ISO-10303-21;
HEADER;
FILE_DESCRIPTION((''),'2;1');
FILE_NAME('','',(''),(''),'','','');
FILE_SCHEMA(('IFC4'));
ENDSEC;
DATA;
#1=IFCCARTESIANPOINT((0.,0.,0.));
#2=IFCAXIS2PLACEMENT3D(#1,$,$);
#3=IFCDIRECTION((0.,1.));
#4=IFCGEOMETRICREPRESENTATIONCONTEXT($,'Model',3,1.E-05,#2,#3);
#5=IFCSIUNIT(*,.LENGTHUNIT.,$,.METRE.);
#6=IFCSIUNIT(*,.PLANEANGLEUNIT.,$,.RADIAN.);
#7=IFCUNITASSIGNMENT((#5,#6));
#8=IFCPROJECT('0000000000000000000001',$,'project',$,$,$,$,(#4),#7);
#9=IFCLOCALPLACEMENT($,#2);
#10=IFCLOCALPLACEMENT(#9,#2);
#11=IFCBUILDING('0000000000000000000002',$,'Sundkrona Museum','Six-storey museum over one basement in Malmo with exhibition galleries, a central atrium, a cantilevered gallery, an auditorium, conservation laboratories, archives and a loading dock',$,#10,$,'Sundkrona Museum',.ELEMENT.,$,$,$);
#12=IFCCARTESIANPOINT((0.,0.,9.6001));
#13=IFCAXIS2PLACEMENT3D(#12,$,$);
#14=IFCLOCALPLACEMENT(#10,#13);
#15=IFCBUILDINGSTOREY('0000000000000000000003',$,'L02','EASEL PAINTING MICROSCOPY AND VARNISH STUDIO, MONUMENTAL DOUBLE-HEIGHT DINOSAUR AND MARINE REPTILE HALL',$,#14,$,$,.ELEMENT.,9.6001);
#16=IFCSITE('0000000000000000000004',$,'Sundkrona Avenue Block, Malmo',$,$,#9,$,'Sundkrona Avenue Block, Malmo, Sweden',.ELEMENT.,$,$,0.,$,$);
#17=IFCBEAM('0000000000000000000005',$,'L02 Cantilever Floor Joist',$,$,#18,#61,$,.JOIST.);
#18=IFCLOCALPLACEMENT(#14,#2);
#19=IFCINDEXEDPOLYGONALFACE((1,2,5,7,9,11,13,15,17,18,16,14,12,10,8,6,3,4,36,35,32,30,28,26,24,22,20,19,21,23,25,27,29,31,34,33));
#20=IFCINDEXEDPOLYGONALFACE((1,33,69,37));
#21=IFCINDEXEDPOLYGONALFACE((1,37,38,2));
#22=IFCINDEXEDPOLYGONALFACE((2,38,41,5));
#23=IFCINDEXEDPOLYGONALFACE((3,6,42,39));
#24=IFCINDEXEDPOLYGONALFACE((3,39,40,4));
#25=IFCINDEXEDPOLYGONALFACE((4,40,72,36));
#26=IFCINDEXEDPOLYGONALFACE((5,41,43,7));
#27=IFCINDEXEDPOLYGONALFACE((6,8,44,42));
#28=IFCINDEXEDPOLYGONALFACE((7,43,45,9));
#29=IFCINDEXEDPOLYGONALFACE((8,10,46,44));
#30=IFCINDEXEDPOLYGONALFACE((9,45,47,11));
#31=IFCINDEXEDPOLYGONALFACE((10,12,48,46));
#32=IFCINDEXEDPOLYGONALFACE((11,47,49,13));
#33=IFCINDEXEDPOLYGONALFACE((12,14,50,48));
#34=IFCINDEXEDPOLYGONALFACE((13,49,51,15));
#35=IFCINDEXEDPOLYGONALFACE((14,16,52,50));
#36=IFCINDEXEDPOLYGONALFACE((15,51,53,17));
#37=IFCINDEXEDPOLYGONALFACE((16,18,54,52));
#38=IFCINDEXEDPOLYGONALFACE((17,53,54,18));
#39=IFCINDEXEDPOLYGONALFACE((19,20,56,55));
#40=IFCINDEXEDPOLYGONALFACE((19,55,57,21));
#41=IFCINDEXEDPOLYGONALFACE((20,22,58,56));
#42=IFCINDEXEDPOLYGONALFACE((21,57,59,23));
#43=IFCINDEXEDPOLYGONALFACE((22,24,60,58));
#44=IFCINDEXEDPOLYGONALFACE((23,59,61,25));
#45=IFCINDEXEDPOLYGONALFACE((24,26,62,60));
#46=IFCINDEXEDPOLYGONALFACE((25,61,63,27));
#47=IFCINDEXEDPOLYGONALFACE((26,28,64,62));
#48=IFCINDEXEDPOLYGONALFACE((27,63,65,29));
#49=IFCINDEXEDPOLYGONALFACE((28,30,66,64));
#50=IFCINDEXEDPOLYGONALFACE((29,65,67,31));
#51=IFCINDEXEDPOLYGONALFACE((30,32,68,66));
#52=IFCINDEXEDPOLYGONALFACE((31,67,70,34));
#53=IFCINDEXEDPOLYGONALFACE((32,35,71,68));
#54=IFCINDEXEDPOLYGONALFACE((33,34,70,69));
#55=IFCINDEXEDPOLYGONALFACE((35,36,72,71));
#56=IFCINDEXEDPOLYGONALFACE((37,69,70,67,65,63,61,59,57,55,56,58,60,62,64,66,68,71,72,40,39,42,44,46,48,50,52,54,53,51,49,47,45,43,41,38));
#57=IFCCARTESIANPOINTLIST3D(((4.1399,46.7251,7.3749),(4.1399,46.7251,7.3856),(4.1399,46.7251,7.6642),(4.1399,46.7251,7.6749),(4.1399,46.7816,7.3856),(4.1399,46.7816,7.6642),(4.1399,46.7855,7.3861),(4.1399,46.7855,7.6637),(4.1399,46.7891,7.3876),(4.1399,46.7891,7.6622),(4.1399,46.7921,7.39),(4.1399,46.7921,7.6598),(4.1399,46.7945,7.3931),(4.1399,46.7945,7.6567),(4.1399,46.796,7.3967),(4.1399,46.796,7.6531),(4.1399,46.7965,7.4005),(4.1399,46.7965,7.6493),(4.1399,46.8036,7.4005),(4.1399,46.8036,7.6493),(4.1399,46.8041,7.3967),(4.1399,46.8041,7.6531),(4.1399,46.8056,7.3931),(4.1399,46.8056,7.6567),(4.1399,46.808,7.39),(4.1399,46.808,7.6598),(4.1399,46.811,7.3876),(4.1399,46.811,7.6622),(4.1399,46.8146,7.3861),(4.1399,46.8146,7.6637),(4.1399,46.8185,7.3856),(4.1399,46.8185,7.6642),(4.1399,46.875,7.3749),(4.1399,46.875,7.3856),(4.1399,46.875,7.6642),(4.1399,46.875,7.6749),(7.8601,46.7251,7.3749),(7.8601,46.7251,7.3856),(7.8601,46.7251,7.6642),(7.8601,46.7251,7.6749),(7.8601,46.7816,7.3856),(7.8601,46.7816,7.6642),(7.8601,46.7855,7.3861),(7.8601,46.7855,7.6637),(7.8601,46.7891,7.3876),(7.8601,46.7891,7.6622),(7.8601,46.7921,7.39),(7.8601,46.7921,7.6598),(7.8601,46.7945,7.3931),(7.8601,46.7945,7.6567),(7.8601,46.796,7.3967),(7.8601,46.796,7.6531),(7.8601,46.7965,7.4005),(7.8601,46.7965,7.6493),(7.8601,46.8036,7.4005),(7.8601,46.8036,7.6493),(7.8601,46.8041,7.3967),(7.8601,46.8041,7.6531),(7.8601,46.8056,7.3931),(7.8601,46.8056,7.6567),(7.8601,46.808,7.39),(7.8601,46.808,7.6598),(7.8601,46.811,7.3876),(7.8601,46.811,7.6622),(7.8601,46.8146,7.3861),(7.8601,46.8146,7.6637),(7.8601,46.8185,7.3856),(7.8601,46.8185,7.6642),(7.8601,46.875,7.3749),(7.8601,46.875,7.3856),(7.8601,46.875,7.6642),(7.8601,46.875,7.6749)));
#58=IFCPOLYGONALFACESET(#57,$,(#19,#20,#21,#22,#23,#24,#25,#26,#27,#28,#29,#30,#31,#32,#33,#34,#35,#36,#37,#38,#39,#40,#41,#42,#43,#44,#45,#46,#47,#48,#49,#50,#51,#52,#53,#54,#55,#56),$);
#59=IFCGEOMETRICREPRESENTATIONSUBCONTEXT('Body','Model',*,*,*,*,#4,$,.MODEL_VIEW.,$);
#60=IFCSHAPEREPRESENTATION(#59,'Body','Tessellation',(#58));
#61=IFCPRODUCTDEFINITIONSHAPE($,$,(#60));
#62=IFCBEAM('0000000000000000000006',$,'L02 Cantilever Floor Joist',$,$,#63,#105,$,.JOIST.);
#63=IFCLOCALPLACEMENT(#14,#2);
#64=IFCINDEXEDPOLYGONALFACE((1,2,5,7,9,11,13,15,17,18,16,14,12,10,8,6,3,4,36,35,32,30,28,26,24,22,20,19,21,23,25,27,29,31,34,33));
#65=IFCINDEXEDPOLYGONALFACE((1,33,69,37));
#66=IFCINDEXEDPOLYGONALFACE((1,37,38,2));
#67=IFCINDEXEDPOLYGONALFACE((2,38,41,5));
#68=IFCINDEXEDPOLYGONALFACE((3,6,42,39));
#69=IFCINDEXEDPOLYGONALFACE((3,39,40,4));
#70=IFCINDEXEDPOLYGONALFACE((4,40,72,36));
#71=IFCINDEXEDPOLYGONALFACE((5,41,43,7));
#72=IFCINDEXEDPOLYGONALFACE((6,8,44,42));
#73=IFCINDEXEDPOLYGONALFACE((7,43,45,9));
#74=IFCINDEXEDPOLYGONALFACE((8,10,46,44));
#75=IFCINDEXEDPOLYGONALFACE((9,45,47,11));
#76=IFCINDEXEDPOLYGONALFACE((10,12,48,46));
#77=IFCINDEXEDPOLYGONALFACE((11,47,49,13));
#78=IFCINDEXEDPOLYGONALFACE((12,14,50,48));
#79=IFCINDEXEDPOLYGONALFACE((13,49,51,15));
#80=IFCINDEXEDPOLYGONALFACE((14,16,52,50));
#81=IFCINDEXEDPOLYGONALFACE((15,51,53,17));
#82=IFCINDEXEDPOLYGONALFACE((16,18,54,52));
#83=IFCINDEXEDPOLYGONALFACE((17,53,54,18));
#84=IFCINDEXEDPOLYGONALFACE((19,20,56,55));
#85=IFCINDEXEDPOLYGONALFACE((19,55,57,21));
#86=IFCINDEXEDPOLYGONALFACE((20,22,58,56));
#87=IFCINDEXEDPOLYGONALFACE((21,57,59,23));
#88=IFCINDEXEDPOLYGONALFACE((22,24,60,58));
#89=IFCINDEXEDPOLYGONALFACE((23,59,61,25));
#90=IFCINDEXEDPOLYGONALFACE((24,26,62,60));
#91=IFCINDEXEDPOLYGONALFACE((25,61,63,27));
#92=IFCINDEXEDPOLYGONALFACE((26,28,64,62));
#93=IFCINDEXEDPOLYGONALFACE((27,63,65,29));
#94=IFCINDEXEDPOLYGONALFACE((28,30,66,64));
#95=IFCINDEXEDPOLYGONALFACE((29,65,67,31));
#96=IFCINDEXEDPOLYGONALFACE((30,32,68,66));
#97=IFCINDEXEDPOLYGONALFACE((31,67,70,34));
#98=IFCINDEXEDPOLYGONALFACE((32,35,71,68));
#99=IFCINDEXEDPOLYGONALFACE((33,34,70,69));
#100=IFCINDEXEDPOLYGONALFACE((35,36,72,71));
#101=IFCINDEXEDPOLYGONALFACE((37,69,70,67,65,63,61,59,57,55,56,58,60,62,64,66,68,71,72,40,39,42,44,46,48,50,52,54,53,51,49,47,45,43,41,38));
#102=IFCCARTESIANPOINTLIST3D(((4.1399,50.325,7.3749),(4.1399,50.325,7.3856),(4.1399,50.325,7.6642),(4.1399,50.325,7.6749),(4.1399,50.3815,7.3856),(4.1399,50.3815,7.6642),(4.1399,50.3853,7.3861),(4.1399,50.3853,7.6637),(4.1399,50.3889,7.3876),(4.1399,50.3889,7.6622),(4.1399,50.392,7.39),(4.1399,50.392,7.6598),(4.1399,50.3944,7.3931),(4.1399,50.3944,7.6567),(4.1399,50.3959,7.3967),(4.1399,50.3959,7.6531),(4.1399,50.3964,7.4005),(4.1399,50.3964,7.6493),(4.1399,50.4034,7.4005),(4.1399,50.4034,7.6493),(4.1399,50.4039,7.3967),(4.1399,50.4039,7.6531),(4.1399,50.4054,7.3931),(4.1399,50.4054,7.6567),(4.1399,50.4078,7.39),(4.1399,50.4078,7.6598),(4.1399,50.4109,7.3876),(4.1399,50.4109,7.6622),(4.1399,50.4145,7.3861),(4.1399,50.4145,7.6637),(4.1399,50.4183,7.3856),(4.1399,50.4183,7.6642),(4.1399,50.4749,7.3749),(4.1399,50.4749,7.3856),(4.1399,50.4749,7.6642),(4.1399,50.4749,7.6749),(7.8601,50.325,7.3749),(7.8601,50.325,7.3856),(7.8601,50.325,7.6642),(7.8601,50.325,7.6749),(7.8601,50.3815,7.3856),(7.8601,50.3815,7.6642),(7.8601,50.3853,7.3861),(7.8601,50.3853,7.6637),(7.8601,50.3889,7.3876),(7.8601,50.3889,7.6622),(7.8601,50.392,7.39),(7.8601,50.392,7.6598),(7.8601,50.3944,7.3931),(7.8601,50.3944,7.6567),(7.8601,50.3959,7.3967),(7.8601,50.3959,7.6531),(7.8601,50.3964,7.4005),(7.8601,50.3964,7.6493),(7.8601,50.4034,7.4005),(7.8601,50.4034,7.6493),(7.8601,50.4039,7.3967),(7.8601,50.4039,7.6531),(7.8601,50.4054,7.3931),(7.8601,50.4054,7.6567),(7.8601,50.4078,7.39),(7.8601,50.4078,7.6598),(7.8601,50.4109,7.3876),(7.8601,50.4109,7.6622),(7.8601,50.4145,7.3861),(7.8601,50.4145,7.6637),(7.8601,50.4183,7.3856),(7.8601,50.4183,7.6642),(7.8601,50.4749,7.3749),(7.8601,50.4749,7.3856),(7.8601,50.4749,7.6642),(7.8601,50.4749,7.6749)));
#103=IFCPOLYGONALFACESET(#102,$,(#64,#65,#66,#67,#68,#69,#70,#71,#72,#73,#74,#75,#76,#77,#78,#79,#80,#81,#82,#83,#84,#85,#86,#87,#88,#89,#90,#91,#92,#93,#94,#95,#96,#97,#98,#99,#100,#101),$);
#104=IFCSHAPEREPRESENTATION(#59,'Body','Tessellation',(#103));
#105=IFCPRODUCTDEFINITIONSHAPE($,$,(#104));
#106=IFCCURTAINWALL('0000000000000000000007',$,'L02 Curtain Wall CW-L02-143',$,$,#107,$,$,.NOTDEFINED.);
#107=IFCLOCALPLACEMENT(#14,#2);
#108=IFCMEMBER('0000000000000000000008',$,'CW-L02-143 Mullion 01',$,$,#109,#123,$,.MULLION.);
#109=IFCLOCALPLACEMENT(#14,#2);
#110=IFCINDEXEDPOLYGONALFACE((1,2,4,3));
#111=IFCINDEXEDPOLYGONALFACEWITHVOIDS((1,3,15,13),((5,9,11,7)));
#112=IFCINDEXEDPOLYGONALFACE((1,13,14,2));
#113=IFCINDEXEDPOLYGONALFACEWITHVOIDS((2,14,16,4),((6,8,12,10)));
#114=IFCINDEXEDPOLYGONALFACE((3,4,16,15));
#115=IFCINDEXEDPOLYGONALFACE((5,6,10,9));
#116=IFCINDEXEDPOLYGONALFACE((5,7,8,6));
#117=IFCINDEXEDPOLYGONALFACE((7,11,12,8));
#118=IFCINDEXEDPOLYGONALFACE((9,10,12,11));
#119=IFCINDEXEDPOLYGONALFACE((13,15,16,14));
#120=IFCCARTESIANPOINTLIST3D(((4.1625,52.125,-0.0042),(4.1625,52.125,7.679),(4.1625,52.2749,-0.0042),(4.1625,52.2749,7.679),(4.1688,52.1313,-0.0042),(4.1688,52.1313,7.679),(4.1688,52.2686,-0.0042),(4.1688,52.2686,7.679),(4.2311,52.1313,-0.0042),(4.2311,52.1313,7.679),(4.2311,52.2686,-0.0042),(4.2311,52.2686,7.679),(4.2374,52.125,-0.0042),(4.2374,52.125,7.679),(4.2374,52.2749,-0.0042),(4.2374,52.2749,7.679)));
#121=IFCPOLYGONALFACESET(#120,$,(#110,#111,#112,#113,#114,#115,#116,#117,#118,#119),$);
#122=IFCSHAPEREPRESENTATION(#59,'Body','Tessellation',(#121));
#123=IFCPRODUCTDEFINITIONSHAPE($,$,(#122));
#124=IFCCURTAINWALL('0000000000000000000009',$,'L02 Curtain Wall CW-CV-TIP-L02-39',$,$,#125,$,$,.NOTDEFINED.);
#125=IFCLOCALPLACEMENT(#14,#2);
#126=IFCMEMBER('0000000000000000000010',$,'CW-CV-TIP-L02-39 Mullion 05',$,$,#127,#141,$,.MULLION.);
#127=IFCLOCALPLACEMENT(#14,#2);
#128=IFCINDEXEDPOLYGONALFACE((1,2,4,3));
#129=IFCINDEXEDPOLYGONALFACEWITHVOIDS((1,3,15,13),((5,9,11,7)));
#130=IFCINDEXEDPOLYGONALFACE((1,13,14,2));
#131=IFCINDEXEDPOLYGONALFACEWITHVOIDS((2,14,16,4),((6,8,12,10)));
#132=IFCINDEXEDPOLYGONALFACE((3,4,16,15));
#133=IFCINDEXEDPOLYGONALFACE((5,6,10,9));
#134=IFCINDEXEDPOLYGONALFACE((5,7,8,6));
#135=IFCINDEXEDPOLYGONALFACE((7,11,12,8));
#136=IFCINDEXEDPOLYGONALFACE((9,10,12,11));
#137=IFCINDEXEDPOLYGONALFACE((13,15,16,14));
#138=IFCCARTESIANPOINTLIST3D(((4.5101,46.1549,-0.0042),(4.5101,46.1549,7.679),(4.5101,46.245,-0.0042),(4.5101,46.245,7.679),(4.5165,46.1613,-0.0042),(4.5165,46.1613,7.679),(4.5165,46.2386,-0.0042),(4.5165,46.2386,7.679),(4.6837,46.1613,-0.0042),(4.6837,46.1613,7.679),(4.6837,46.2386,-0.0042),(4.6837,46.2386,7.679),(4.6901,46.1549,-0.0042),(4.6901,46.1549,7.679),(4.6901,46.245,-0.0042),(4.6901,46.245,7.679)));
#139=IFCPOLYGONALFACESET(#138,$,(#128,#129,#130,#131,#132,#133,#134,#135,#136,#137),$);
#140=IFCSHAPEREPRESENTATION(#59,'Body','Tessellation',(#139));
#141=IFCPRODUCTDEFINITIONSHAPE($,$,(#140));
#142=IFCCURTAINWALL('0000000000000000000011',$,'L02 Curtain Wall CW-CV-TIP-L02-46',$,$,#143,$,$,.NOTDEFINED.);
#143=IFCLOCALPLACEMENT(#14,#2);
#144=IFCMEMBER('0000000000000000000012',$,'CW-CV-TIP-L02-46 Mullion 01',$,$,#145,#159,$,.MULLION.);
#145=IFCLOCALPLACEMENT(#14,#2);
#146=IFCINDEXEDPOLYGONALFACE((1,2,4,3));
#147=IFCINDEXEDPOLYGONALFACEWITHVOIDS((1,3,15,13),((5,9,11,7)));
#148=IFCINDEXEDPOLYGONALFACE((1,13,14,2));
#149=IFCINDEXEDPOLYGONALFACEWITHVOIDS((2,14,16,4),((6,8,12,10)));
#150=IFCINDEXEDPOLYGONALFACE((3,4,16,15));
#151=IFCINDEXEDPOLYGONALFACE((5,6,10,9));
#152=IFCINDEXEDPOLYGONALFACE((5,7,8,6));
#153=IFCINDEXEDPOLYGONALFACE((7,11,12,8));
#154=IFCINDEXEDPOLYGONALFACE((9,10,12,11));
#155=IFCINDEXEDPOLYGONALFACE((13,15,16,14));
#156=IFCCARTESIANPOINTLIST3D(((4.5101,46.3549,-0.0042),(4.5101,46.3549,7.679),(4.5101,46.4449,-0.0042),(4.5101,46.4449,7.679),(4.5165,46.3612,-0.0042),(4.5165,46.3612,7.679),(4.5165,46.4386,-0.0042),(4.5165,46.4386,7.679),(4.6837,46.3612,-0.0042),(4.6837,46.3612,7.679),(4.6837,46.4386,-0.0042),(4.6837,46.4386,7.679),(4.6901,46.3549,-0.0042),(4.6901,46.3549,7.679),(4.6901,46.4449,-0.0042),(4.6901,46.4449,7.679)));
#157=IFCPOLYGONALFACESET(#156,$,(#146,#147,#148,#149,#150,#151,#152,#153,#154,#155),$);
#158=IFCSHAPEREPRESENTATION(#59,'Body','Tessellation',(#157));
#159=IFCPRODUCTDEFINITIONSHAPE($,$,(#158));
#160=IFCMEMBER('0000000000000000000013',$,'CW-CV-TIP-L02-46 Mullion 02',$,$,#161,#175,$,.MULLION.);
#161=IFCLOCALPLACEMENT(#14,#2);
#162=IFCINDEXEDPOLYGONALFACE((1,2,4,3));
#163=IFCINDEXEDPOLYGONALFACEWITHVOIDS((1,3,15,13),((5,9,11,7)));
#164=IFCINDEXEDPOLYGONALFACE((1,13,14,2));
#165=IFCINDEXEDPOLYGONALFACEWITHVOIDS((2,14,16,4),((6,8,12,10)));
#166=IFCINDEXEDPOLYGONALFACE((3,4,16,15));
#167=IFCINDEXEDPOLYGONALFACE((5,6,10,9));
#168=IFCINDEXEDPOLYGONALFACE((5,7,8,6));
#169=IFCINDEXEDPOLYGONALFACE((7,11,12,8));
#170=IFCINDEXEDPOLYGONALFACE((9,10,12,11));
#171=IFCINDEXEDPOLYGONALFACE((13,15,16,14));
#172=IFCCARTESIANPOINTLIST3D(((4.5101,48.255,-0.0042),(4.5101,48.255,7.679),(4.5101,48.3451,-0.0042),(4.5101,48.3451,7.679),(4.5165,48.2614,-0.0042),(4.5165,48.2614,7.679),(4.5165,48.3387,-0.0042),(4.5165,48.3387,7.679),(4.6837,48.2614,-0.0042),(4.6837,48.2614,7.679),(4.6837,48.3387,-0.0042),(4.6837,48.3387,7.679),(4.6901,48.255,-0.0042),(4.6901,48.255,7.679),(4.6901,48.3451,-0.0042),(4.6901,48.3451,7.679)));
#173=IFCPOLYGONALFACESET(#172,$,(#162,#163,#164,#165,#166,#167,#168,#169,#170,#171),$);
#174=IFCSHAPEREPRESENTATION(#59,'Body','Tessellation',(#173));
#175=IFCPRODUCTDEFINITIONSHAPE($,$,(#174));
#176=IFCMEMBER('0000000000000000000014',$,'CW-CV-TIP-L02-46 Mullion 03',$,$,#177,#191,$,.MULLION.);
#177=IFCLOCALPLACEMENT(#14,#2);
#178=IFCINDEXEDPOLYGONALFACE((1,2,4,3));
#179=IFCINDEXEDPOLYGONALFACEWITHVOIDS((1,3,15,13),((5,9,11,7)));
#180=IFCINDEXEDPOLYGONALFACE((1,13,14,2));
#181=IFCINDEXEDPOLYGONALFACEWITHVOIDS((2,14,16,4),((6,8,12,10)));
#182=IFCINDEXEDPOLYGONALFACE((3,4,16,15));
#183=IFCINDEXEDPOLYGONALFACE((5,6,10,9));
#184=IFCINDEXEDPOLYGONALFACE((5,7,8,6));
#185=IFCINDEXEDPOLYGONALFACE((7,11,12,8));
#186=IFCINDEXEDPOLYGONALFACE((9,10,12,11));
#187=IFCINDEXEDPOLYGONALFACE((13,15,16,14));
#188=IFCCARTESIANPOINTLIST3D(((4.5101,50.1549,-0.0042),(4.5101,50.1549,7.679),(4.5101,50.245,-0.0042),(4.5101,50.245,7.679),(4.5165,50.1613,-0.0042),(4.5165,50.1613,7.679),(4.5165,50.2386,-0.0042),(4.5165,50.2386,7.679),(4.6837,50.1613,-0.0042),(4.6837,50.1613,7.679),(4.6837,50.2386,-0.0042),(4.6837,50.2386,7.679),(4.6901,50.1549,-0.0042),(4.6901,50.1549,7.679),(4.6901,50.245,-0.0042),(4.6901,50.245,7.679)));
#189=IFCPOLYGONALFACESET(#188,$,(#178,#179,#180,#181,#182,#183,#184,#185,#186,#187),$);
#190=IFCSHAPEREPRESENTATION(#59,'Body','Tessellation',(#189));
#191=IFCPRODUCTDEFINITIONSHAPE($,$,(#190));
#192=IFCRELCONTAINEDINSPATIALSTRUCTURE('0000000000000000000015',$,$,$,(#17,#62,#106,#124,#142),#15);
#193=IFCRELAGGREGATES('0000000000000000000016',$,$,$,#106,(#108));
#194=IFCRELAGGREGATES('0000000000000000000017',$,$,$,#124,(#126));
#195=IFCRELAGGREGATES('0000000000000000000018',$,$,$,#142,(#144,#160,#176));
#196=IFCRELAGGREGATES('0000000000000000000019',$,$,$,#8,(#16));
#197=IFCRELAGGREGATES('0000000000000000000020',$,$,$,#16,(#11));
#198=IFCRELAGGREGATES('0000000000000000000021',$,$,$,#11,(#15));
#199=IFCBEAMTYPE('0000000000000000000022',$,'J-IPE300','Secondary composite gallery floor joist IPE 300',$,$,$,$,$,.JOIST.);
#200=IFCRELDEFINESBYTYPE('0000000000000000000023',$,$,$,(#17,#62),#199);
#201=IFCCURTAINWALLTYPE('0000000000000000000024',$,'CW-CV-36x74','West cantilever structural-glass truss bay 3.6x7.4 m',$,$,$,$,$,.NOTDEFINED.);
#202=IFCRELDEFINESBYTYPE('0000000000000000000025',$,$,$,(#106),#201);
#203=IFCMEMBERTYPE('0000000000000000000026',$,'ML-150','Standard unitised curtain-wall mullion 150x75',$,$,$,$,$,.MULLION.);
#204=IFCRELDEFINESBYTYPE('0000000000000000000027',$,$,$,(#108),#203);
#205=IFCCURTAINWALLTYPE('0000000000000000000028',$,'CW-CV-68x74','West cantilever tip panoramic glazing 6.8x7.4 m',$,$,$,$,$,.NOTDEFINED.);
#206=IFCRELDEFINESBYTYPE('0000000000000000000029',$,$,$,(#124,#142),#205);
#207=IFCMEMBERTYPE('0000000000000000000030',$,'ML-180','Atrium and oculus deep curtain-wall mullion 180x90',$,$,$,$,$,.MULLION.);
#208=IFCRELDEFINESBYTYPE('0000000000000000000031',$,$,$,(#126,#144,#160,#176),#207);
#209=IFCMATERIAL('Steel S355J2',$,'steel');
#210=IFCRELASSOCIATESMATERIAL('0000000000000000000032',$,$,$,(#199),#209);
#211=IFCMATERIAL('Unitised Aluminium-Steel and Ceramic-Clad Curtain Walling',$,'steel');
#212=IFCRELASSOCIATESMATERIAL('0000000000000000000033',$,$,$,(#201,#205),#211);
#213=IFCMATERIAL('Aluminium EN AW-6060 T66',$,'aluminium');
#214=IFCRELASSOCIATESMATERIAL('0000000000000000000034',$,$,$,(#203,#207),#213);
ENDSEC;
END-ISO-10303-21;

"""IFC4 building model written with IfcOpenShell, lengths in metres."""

from ifc_helpers import new_model, si_unit, direction, frame, origin, origin_2d, place, context, subcontext, project, spatial, hollow_rectangle, i_section, extrude, material, material_profile, profile_set, type_object, element, aggregate, save


model = new_model("IFC4")

# Units and contexts
model_context = context("Model", 3, precision=1e-05, world=origin(), true_north=direction((0.0, 1.0)))
body_context = subcontext(model_context, "Body", "Model", "MODEL_VIEW")
ifc_project = project(units=[si_unit("LENGTHUNIT", "METRE"), si_unit("PLANEANGLEUNIT", "RADIAN")], contexts=[model_context])

# Site, building, storey
site_placement = place(None, origin())
site = spatial("IfcSite", under=ifc_project, at=site_placement, Name="Sundkrona Avenue Block, Malmo", LongName="Sundkrona Avenue Block, Malmo, Sweden", CompositionType="ELEMENT", RefElevation=0.0)
building_placement = place(site_placement, origin())
building = spatial("IfcBuilding", under=site, at=building_placement, Name="Sundkrona Museum", Description="Six-storey museum over one basement in Malmo with exhibition galleries, a central atrium, a cantilevered gallery, an auditorium, conservation laboratories, archives and a loading dock", LongName="Sundkrona Museum", CompositionType="ELEMENT")
storey_placement = place(building_placement, frame((0.0, 0.0, 9.6001)))
storey = spatial("IfcBuildingStorey", under=building, at=storey_placement, Name="L02", Description="EASEL PAINTING MICROSCOPY AND VARNISH STUDIO, MONUMENTAL DOUBLE-HEIGHT DINOSAUR AND MARINE REPTILE HALL", CompositionType="ELEMENT", Elevation=9.6001)

# Beams
ifc_material_1 = material(Name="Steel S355J2", Category="steel")
ifc_material_profile_1 = material_profile(ifc_material_1, i_section(OverallWidth=0.1499, OverallDepth=0.3, WebThickness=0.0071, FlangeThickness=0.0107, FilletRadius=0.0149, at=origin_2d()), Name="IPE 300")
ifc_profile_set_1 = profile_set([ifc_material_profile_1], Name="Steel S355J2")
beam_type = type_object("IfcBeamType", Name="J-IPE300", Description="Secondary composite gallery floor joist IPE 300", PredefinedType="JOIST", material=ifc_profile_set_1)
for number, where, z_axis, x_axis, name in (
    (1, (4.1399, 46.8, 7.5249), (1.0, 0.0, 0.0), (0.0, 1.0, 0.0), "L02 Cantilever Floor Joist"),
    (2, (4.1399, 50.3999, 7.5249), (1.0, 0.0, 0.0), (0.0, 1.0, 0.0), "L02 Cantilever Floor Joist"),
):
    element("IfcBeam", number, at=place(storey_placement, frame(where, z_axis=z_axis, x_axis=x_axis)), inside=storey, type_object=beam_type, Name=name, PredefinedType="JOIST", context=body_context, shape_type="SweptSolid", body=[
        extrude(i_section(OverallWidth=0.1499, OverallDepth=0.3, WebThickness=0.0071, FlangeThickness=0.0107, FilletRadius=0.0149, at=origin_2d()), origin(), (0.0, 0.0, 1.0), 3.7202),
    ])

# Curtain walls, members
ifc_material_2 = material(Name="Unitised Aluminium-Steel and Ceramic-Clad Curtain Walling", Category="steel")
curtain_wall_type_1 = type_object("IfcCurtainWallType", Name="CW-CV-36x74", Description="West cantilever structural-glass truss bay 3.6x7.4 m", PredefinedType="NOTDEFINED", material=ifc_material_2)
curtain_wall_1_placement = place(storey_placement, origin())
curtain_wall_1 = element("IfcCurtainWall", 3, at=curtain_wall_1_placement, inside=storey, type_object=curtain_wall_type_1, Name="L02 Curtain Wall CW-L02-143", PredefinedType="NOTDEFINED")
ifc_material_3 = material(Name="Aluminium EN AW-6060 T66", Category="aluminium")
ifc_material_profile_2 = material_profile(ifc_material_3, hollow_rectangle(XDim=0.075, YDim=0.1499, WallThickness=0.0063, at=origin_2d()), Name="RHS 150x75x6.3")
ifc_profile_set_2 = profile_set([ifc_material_profile_2], Name="Aluminium EN AW-6060 T66")
member_type_1 = type_object("IfcMemberType", Name="ML-150", Description="Standard unitised curtain-wall mullion 150x75", PredefinedType="MULLION", material=ifc_profile_set_2)
member_1_placement = place(storey_placement, frame((4.2, 52.2, -0.0042), z_axis=(0.0, 0.0, 1.0), x_axis=(1.0, 0.0, 0.0)))
member_1 = element("IfcMember", 4, at=member_1_placement, type_object=member_type_1, Name="CW-L02-143 Mullion 01", PredefinedType="MULLION", context=body_context, shape_type="SweptSolid", body=[
    extrude(hollow_rectangle(XDim=0.075, YDim=0.1499, WallThickness=0.0063, at=origin_2d()), origin(), (0.0, 0.0, 1.0), 7.6831),
])
curtain_wall_type_2 = type_object("IfcCurtainWallType", Name="CW-CV-68x74", Description="West cantilever tip panoramic glazing 6.8x7.4 m", PredefinedType="NOTDEFINED", material=ifc_material_2)
curtain_wall_2_placement = place(storey_placement, origin())
curtain_wall_2 = element("IfcCurtainWall", 5, at=curtain_wall_2_placement, inside=storey, type_object=curtain_wall_type_2, Name="L02 Curtain Wall CW-CV-TIP-L02-39", PredefinedType="NOTDEFINED")
ifc_material_profile_3 = material_profile(ifc_material_3, hollow_rectangle(XDim=0.0901, YDim=0.1799, WallThickness=0.0063, at=origin_2d()), Name="RHS 180x90x6.3")
ifc_profile_set_3 = profile_set([ifc_material_profile_3], Name="Aluminium EN AW-6060 T66")
member_type_2 = type_object("IfcMemberType", Name="ML-180", Description="Atrium and oculus deep curtain-wall mullion 180x90", PredefinedType="MULLION", material=ifc_profile_set_3)
member_2_placement = place(storey_placement, frame((4.6001, 46.2, -0.0042), z_axis=(0.0, 0.0, 1.0), x_axis=(0.0, 1.0, 0.0)))
member_2 = element("IfcMember", 6, at=member_2_placement, type_object=member_type_2, Name="CW-CV-TIP-L02-39 Mullion 05", PredefinedType="MULLION", context=body_context, shape_type="SweptSolid", body=[
    extrude(hollow_rectangle(XDim=0.0901, YDim=0.1799, WallThickness=0.0063, at=origin_2d()), origin(), (0.0, 0.0, 1.0), 7.6831),
])

# Curtain wall, members
curtain_wall_3_placement = place(storey_placement, origin())
curtain_wall_3 = element("IfcCurtainWall", 7, at=curtain_wall_3_placement, inside=storey, type_object=curtain_wall_type_2, Name="L02 Curtain Wall CW-CV-TIP-L02-46", PredefinedType="NOTDEFINED")
member_3_placement = place(storey_placement, frame((4.6001, 46.3999, -0.0042), z_axis=(0.0, 0.0, 1.0), x_axis=(0.0, 1.0, 0.0)))
member_3 = element("IfcMember", 8, at=member_3_placement, type_object=member_type_2, Name="CW-CV-TIP-L02-46 Mullion 01", PredefinedType="MULLION", context=body_context, shape_type="SweptSolid", body=[
    extrude(hollow_rectangle(XDim=0.0901, YDim=0.1799, WallThickness=0.0063, at=origin_2d()), origin(), (0.0, 0.0, 1.0), 7.6831),
])
member_4_placement = place(storey_placement, frame((4.6001, 48.3, -0.0042), z_axis=(0.0, 0.0, 1.0), x_axis=(0.0, 1.0, 0.0)))
member_4 = element("IfcMember", 9, at=member_4_placement, type_object=member_type_2, Name="CW-CV-TIP-L02-46 Mullion 02", PredefinedType="MULLION", context=body_context, shape_type="SweptSolid", body=[
    extrude(hollow_rectangle(XDim=0.0901, YDim=0.1799, WallThickness=0.0063, at=origin_2d()), origin(), (0.0, 0.0, 1.0), 7.6831),
])
member_5_placement = place(storey_placement, frame((4.6001, 50.2, -0.0042), z_axis=(0.0, 0.0, 1.0), x_axis=(0.0, 1.0, 0.0)))
member_5 = element("IfcMember", 10, at=member_5_placement, type_object=member_type_2, Name="CW-CV-TIP-L02-46 Mullion 03", PredefinedType="MULLION", context=body_context, shape_type="SweptSolid", body=[
    extrude(hollow_rectangle(XDim=0.0901, YDim=0.1799, WallThickness=0.0063, at=origin_2d()), origin(), (0.0, 0.0, 1.0), 7.6831),
])

aggregate(curtain_wall_1, [member_1])

aggregate(curtain_wall_2, [member_2])
aggregate(curtain_wall_3, [member_3, member_4, member_5])

save(model, "model.ifc")
